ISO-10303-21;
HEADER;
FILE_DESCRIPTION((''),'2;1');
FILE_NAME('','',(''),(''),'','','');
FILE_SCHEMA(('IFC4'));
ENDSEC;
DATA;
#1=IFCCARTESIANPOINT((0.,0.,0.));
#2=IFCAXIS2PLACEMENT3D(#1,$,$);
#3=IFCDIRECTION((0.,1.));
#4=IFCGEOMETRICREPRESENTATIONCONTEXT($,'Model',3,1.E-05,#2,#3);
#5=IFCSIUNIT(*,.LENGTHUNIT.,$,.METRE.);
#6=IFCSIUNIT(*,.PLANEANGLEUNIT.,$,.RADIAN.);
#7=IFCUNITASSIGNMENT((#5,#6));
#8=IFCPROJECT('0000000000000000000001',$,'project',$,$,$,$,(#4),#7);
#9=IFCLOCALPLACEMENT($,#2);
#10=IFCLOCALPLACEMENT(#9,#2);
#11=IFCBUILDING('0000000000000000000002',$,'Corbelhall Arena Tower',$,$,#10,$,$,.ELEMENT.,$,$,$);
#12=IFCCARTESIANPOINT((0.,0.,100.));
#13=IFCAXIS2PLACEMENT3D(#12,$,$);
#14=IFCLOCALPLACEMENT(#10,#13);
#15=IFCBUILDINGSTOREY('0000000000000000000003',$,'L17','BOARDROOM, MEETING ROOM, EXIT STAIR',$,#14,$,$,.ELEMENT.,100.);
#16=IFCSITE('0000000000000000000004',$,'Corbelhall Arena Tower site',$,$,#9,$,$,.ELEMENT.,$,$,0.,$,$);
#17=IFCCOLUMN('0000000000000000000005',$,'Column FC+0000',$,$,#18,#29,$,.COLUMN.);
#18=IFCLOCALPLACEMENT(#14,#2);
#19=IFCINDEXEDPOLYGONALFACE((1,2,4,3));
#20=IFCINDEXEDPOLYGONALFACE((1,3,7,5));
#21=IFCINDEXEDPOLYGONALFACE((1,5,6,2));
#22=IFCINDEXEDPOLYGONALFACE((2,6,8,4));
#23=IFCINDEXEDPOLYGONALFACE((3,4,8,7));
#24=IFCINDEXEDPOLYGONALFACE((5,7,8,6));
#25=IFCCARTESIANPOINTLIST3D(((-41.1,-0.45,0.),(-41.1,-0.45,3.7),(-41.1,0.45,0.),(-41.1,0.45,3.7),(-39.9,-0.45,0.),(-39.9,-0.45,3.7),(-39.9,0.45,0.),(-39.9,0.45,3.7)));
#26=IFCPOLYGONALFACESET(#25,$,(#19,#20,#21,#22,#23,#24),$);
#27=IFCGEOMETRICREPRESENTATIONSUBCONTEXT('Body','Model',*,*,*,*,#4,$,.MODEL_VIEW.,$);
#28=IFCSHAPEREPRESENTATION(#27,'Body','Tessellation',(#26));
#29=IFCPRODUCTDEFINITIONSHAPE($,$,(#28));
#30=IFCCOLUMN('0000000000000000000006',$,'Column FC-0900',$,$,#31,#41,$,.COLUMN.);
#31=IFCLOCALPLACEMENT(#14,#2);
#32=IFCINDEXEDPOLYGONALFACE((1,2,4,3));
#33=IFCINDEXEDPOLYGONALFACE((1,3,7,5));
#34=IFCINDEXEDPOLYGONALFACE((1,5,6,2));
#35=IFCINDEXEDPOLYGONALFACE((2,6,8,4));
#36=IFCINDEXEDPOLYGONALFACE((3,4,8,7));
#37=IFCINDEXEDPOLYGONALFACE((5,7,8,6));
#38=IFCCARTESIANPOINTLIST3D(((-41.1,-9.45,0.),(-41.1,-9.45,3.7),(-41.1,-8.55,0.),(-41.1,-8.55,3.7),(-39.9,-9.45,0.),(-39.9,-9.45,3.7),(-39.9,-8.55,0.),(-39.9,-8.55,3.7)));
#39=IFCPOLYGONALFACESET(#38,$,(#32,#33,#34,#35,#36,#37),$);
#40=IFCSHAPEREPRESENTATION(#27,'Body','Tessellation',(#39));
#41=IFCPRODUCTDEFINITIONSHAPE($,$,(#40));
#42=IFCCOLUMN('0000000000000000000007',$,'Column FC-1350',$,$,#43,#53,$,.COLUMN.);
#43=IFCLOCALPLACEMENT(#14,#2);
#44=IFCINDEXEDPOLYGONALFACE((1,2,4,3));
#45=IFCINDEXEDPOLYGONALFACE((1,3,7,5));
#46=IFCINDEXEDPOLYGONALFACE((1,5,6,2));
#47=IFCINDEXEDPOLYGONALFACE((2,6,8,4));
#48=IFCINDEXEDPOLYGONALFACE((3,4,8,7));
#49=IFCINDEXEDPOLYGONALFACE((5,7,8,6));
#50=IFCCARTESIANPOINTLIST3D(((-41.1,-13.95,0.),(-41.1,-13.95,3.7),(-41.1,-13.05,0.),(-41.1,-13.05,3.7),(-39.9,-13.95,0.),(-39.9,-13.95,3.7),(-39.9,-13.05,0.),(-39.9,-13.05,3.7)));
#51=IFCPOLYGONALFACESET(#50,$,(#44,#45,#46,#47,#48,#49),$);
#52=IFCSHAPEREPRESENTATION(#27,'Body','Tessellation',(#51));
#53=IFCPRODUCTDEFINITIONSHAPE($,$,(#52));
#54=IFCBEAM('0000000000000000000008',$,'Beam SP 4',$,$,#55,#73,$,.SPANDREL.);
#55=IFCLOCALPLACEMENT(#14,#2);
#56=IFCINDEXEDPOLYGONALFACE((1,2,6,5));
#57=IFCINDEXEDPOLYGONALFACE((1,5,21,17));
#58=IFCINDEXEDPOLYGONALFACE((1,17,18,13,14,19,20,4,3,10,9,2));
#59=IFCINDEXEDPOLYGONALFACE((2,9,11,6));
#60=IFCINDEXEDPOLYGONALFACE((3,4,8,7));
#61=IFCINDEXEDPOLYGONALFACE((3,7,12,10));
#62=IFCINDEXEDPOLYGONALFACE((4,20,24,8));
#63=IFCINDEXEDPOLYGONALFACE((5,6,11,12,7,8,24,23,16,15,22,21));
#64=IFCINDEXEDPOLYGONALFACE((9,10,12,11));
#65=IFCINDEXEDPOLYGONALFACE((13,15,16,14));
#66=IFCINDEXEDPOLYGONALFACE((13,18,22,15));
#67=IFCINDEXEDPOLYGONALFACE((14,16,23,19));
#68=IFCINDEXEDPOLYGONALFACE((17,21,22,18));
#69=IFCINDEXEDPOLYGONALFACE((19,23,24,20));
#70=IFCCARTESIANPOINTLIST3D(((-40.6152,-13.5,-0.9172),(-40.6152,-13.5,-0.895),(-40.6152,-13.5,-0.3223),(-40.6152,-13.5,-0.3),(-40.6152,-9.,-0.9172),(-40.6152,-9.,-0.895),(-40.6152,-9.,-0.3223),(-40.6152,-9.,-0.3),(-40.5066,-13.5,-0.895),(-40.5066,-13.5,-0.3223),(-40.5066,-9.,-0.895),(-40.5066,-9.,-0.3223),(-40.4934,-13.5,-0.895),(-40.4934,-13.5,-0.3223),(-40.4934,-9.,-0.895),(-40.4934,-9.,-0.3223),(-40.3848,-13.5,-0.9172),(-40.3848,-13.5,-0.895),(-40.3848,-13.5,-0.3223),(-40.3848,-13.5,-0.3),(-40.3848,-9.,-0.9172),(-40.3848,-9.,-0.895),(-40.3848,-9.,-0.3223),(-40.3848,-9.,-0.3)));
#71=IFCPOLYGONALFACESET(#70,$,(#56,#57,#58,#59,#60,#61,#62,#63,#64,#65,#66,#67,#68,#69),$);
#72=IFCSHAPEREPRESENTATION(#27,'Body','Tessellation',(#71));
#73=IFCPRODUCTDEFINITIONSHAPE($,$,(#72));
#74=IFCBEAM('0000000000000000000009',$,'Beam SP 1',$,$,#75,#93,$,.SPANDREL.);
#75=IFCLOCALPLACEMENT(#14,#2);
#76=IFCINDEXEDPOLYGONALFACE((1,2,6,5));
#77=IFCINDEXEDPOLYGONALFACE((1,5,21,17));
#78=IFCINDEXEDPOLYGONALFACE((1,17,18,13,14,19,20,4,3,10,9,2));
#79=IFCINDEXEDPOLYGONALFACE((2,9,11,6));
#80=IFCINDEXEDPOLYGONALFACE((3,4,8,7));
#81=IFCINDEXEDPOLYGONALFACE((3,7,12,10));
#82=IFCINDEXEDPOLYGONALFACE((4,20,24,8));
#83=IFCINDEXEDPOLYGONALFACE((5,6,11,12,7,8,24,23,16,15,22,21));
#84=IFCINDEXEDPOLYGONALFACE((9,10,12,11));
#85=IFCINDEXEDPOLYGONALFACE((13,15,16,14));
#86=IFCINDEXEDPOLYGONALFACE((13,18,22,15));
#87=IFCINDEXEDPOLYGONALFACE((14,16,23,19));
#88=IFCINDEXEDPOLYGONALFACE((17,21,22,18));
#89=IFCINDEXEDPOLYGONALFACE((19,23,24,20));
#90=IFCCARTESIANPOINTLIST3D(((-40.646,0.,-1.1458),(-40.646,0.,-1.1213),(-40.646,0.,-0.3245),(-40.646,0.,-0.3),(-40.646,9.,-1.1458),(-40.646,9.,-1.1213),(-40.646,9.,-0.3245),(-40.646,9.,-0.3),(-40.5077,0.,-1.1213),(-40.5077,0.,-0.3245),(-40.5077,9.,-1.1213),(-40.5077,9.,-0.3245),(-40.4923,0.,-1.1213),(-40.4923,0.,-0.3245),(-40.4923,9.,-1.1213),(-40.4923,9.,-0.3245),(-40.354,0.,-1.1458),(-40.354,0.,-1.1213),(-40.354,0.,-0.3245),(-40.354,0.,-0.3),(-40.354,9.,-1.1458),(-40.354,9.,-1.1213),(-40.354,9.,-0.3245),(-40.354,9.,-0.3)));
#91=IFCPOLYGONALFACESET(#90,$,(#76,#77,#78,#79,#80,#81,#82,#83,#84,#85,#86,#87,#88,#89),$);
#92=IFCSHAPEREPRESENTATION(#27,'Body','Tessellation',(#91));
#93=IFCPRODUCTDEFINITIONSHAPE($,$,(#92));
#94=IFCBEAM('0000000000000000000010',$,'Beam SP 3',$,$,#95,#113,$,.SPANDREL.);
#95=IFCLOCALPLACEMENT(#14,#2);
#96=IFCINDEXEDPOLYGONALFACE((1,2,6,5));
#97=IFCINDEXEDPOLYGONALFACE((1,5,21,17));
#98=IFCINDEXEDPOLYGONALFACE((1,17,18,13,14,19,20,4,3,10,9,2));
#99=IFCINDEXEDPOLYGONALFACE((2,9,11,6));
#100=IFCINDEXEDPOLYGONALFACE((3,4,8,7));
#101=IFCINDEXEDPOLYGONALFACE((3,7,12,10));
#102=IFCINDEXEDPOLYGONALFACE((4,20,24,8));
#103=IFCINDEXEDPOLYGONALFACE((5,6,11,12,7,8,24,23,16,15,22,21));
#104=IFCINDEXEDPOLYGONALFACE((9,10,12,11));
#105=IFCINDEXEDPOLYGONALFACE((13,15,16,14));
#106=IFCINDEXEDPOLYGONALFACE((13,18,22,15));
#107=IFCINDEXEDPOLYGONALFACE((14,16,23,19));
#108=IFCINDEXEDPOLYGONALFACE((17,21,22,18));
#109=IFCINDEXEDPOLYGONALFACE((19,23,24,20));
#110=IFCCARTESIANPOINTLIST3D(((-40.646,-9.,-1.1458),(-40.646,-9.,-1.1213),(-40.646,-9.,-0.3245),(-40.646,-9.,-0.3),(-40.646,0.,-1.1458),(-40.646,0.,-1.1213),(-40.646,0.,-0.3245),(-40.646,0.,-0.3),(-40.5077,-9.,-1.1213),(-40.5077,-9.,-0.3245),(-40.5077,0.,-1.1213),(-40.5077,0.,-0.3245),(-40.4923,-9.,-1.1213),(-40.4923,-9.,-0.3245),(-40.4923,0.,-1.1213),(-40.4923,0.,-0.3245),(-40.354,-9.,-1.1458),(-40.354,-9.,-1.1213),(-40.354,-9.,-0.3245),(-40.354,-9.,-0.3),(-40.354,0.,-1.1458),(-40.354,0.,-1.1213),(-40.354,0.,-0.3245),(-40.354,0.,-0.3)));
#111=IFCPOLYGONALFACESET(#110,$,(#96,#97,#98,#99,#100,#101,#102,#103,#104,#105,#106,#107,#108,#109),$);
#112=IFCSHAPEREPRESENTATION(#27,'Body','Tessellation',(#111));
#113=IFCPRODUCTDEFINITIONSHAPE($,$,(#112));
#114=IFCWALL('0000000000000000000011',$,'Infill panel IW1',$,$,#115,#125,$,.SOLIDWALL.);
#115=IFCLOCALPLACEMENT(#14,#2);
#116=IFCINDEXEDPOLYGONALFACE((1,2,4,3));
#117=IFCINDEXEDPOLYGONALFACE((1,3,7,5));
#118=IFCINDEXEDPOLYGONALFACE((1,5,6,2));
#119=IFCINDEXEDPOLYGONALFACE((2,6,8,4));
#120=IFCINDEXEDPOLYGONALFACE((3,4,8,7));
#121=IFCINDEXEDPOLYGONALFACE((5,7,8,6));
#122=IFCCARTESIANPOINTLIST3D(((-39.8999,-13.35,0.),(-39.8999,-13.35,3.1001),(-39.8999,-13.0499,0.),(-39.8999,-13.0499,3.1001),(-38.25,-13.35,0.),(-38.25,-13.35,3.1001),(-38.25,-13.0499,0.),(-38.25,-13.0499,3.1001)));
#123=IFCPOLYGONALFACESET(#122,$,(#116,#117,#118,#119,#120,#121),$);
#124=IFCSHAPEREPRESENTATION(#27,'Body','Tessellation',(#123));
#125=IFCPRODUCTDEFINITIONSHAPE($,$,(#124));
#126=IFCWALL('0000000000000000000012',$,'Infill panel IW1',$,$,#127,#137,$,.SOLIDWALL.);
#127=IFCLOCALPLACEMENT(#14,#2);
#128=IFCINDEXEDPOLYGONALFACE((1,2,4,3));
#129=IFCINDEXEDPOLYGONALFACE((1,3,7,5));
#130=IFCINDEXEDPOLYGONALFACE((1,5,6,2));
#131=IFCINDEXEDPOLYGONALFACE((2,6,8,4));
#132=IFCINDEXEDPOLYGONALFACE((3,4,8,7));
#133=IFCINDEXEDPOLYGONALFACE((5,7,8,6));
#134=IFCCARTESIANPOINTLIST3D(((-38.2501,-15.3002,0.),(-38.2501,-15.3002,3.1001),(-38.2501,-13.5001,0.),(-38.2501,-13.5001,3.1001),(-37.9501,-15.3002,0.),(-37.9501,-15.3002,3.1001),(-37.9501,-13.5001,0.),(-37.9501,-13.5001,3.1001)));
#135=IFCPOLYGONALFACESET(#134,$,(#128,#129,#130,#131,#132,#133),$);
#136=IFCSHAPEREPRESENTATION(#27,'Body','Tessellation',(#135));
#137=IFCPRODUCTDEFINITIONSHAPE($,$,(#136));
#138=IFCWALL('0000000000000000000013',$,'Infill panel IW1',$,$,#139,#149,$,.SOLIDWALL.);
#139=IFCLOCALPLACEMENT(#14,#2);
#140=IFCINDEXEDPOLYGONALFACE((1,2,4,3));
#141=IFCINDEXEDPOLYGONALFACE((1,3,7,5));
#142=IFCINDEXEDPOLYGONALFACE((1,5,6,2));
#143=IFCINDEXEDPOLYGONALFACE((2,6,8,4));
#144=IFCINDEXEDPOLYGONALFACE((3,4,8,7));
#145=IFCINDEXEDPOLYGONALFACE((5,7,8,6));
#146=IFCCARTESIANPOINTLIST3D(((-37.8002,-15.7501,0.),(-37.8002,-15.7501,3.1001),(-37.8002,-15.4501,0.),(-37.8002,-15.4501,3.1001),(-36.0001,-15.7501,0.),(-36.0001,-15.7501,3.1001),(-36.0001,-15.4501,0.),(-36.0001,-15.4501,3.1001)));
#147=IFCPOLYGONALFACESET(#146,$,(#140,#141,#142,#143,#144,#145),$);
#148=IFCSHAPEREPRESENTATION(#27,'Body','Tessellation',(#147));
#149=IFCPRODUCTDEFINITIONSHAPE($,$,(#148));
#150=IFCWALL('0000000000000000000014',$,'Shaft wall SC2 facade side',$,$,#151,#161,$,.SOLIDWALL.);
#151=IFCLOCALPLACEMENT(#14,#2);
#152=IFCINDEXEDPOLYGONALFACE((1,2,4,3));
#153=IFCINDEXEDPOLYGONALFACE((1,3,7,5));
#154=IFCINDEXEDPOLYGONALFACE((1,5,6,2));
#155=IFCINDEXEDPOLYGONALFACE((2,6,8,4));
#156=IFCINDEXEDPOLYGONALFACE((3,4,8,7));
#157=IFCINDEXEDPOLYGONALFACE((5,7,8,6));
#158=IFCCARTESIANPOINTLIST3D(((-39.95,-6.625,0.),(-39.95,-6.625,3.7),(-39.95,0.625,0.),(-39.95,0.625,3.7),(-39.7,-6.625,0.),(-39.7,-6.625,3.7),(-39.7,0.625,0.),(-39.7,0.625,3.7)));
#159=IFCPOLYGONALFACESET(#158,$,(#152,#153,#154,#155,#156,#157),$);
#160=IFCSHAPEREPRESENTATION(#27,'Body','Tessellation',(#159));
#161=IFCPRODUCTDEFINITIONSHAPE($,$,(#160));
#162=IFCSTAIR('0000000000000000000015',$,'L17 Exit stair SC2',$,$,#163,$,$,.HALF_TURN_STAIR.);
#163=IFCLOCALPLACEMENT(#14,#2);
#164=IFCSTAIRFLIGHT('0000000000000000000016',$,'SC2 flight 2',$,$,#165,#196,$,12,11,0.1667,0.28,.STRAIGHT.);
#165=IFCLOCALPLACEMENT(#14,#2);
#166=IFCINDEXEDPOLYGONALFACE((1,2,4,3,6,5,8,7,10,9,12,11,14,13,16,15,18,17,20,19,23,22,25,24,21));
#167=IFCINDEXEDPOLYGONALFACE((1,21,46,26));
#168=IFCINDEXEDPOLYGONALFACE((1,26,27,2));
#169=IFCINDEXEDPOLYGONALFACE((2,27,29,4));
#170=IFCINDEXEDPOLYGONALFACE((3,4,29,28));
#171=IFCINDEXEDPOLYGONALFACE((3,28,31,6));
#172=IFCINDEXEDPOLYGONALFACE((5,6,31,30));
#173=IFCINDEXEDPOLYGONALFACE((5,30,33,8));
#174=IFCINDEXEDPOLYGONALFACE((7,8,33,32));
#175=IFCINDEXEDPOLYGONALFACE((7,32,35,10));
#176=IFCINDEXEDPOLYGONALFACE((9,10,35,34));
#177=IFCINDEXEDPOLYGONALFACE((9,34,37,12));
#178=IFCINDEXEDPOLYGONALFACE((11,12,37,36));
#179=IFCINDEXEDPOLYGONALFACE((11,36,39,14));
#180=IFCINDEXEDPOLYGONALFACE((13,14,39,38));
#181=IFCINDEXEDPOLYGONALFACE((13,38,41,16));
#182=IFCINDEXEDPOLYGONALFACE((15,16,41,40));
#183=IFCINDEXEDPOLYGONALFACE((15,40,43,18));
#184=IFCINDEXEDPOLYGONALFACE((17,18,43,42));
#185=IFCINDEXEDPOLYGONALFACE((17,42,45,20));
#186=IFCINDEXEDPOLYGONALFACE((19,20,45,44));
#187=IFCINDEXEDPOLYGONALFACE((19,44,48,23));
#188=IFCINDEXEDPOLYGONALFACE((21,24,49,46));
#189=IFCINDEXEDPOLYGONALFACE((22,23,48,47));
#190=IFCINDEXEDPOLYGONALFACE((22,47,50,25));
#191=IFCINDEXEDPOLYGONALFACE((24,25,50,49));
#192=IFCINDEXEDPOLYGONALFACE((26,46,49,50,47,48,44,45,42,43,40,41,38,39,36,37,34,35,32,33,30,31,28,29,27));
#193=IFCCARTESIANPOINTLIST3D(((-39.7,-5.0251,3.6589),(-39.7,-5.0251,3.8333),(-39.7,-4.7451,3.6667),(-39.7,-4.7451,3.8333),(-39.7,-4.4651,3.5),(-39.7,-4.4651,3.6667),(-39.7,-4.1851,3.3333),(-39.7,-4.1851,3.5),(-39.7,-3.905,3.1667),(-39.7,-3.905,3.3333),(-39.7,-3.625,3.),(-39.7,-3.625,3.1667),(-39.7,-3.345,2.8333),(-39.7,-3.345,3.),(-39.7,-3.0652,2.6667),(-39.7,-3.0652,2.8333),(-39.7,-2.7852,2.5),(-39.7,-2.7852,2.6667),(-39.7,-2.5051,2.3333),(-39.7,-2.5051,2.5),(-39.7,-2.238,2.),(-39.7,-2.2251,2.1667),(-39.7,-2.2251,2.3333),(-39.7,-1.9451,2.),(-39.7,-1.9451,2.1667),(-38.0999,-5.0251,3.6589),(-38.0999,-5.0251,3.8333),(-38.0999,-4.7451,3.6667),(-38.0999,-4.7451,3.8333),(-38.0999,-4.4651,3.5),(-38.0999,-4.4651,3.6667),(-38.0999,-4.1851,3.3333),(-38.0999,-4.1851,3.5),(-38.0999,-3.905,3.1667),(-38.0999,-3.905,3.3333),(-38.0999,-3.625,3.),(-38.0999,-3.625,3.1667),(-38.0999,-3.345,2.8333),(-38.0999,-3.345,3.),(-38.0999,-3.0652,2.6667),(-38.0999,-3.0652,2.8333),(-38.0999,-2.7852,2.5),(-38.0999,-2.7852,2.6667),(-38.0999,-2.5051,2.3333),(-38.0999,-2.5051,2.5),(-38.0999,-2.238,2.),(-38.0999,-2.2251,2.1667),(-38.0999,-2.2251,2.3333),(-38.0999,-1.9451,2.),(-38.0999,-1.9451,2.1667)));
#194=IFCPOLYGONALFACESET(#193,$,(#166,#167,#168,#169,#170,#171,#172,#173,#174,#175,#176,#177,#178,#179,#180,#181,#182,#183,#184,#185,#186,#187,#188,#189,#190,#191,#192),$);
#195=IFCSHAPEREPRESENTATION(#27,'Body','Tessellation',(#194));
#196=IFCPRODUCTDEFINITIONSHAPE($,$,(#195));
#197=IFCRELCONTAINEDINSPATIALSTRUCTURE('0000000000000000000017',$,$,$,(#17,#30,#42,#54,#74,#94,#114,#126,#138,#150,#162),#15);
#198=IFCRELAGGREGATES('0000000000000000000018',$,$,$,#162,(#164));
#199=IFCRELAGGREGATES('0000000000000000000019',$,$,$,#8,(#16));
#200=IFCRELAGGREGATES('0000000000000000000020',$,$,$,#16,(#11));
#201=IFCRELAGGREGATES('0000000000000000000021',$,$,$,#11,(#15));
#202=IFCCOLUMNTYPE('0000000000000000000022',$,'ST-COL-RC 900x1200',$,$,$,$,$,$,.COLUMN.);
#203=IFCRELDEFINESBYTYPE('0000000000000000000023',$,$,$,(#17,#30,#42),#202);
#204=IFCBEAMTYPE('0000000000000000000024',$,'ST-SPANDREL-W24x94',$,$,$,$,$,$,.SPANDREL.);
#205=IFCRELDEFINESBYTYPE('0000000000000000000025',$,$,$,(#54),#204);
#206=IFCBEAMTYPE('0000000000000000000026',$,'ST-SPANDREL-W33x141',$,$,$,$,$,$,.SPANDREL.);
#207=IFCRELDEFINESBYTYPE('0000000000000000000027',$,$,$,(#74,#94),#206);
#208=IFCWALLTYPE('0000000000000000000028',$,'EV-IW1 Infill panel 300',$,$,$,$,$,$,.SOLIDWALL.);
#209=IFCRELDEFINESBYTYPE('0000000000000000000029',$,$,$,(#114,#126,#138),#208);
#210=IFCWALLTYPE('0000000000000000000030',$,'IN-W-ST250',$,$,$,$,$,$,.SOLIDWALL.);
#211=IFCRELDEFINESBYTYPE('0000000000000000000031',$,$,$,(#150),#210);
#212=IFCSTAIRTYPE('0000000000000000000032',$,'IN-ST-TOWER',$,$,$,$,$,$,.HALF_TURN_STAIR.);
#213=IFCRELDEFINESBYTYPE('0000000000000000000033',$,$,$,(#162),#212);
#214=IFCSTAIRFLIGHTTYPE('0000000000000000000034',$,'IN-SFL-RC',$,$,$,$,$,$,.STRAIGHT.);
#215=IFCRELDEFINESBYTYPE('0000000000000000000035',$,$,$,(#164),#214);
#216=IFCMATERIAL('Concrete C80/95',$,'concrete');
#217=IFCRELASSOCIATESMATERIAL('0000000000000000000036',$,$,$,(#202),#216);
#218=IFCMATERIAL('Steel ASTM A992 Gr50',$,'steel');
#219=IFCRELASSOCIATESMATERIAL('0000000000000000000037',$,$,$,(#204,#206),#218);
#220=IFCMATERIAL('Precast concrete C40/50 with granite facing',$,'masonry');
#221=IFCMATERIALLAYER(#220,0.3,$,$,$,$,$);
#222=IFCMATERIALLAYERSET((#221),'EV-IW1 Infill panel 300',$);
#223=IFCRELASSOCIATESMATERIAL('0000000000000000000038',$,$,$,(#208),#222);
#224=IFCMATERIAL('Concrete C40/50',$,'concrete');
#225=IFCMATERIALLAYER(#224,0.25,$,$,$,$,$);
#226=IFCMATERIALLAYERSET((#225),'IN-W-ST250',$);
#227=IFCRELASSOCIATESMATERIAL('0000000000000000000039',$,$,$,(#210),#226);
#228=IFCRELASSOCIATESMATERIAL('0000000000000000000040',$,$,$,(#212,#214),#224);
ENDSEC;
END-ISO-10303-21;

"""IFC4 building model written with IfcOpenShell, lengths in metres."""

from ifc_helpers import new_model, si_unit, direction, frame, frame_2d, origin, origin_2d, place, context, subcontext, project, spatial, polyline, rectangle, i_section, outline, extrude, material, layer, layer_set, material_profile, profile_set, type_object, element, aggregate, save


model = new_model("IFC4")

# Units and contexts
model_context = context("Model", 3, precision=1e-05, world=origin(), true_north=direction((0.0, 1.0)))
body_context = subcontext(model_context, "Body", "Model", "MODEL_VIEW")
ifc_project = project(units=[si_unit("LENGTHUNIT", "METRE"), si_unit("PLANEANGLEUNIT", "RADIAN")], contexts=[model_context])

# Site, building, storey
site_placement = place(None, origin())
site = spatial("IfcSite", under=ifc_project, at=site_placement, Name="Corbelhall Arena Tower site", CompositionType="ELEMENT", RefElevation=0.0)
building_placement = place(site_placement, origin())
building = spatial("IfcBuilding", under=site, at=building_placement, Name="Corbelhall Arena Tower", CompositionType="ELEMENT")
storey_placement = place(building_placement, frame((0.0, 0.0, 100.0)))
storey = spatial("IfcBuildingStorey", under=building, at=storey_placement, Name="L17", Description="BOARDROOM, MEETING ROOM, EXIT STAIR", CompositionType="ELEMENT", Elevation=100.0)

# Columns
ifc_material_1 = material(Name="Concrete C80/95", Category="concrete")
ifc_material_profile_1 = material_profile(ifc_material_1, rectangle(XDim=0.8999, YDim=1.2, at=origin_2d()))
ifc_profile_set_1 = profile_set([ifc_material_profile_1], Name="Concrete C80/95")
column_type = type_object("IfcColumnType", Name="ST-COL-RC 900x1200", PredefinedType="COLUMN", material=ifc_profile_set_1)
for number, where, z_axis, x_axis, name in (
    (1, (-40.5, 0.0, 0.0), (0.0, 0.0, 1.0), (0.0, 1.0, 0.0), "Column FC+0000"),
    (2, (-40.5, -9.0, 0.0), (0.0, 0.0, 1.0), (0.0, 1.0, 0.0), "Column FC-0900"),
    (3, (-40.5, -13.5, 0.0), (0.0, 0.0, 1.0), (0.0, 1.0, 0.0), "Column FC-1350"),
):
    element("IfcColumn", number, at=place(storey_placement, frame(where, z_axis=z_axis, x_axis=x_axis)), inside=storey, type_object=column_type, Name=name, PredefinedType="COLUMN", context=body_context, shape_type="SweptSolid", body=[
        extrude(rectangle(XDim=0.8999, YDim=1.2, at=origin_2d()), origin(), (0.0, 0.0, 1.0), 3.7),
    ])

# Beams
ifc_material_2 = material(Name="Steel ASTM A992 Gr50", Category="steel")
ifc_material_profile_2 = material_profile(ifc_material_2, i_section(OverallWidth=0.2305, OverallDepth=0.6172, WebThickness=0.0132, FlangeThickness=0.0222, at=origin_2d()))
ifc_profile_set_2 = profile_set([ifc_material_profile_2], Name="Steel ASTM A992 Gr50")
beam_type_1 = type_object("IfcBeamType", Name="ST-SPANDREL-W24x94", PredefinedType="SPANDREL", material=ifc_profile_set_2)
beam_placement = place(storey_placement, frame((-40.5, -13.5, -0.6086), z_axis=(0.0, 1.0, 0.0), x_axis=(-1.0, 0.0, 0.0)))
element("IfcBeam", 4, at=beam_placement, inside=storey, type_object=beam_type_1, Name="Beam SP 4", PredefinedType="SPANDREL", context=body_context, shape_type="SweptSolid", body=[
    extrude(i_section(OverallWidth=0.2305, OverallDepth=0.6172, WebThickness=0.0132, FlangeThickness=0.0222, at=origin_2d()), origin(), (0.0, 0.0, 1.0), 4.5),
])
ifc_material_profile_3 = material_profile(ifc_material_2, i_section(OverallWidth=0.292, OverallDepth=0.8457, WebThickness=0.0154, FlangeThickness=0.0244, at=origin_2d()))
ifc_profile_set_3 = profile_set([ifc_material_profile_3], Name="Steel ASTM A992 Gr50")
beam_type_2 = type_object("IfcBeamType", Name="ST-SPANDREL-W33x141", PredefinedType="SPANDREL", material=ifc_profile_set_3)
for number, where, z_axis, x_axis, name in (
    (5, (-40.5, 0.0, -0.7229), (0.0, 1.0, 0.0), (-1.0, 0.0, 0.0), "Beam SP 1"),
    (6, (-40.5, -9.0, -0.7229), (0.0, 1.0, 0.0), (-1.0, 0.0, 0.0), "Beam SP 3"),
):
    element("IfcBeam", number, at=place(storey_placement, frame(where, z_axis=z_axis, x_axis=x_axis)), inside=storey, type_object=beam_type_2, Name=name, PredefinedType="SPANDREL", context=body_context, shape_type="SweptSolid", body=[
        extrude(i_section(OverallWidth=0.292, OverallDepth=0.8457, WebThickness=0.0154, FlangeThickness=0.0244, at=origin_2d()), origin(), (0.0, 0.0, 1.0), 9.0),
    ])

# Walls
ifc_material_3 = material(Name="Precast concrete C40/50 with granite facing", Category="masonry")
ifc_layer_1 = layer(ifc_material_3, 0.3)
ifc_layer_set_1 = layer_set([ifc_layer_1], Name="EV-IW1 Infill panel 300")
wall_type_1 = type_object("IfcWallType", Name="EV-IW1 Infill panel 300", PredefinedType="SOLIDWALL", material=ifc_layer_set_1)
wall_1_placement = place(storey_placement, frame((-39.8999, -13.2, 0.0), z_axis=(0.0, 0.0, 1.0), x_axis=(1.0, 0.0, 0.0)))
element("IfcWall", 7, at=wall_1_placement, inside=storey, type_object=wall_type_1, Name="Infill panel IW1", PredefinedType="SOLIDWALL", context=body_context, shape_type="SweptSolid", body=[
    extrude(rectangle(XDim=1.6499, YDim=0.3, at=frame_2d((0.825, 0.0))), origin(), (0.0, 0.0, 1.0), 3.1001),
])
for number, where, z_axis, x_axis, name in (
    (8, (-38.1001, -15.3, 0.0), (0.0, 0.0, 1.0), (0.0, 1.0, 0.0), "Infill panel IW1"),
    (9, (-37.8, -15.6001, 0.0), (0.0, 0.0, 1.0), (1.0, 0.0, 0.0), "Infill panel IW1"),
):
    element("IfcWall", number, at=place(storey_placement, frame(where, z_axis=z_axis, x_axis=x_axis)), inside=storey, type_object=wall_type_1, Name=name, PredefinedType="SOLIDWALL", context=body_context, shape_type="SweptSolid", body=[
        extrude(rectangle(XDim=1.8, YDim=0.3, at=frame_2d((0.8999, 0.0))), origin(), (0.0, 0.0, 1.0), 3.1001),
    ])

# Wall
ifc_material_4 = material(Name="Concrete C40/50", Category="concrete")
ifc_layer_2 = layer(ifc_material_4, 0.25)
ifc_layer_set_2 = layer_set([ifc_layer_2], Name="IN-W-ST250")
wall_type_2 = type_object("IfcWallType", Name="IN-W-ST250", PredefinedType="SOLIDWALL", material=ifc_layer_set_2)
wall_2_placement = place(storey_placement, frame((-39.825, -6.625, 0.0), z_axis=(0.0, 0.0, 1.0), x_axis=(0.0, 1.0, 0.0)))
element("IfcWall", 10, at=wall_2_placement, inside=storey, type_object=wall_type_2, Name="Shaft wall SC2 facade side", PredefinedType="SOLIDWALL", context=body_context, shape_type="SweptSolid", body=[
    extrude(rectangle(XDim=7.25, YDim=0.25, at=frame_2d((3.625, 0.0))), origin(), (0.0, 0.0, 1.0), 3.7),
])

# Stair, stair flight
stair_type = type_object("IfcStairType", Name="IN-ST-TOWER", PredefinedType="HALF_TURN_STAIR", material=ifc_material_4)
stair_placement = place(storey_placement, origin())
stair = element("IfcStair", 11, at=stair_placement, inside=storey, type_object=stair_type, Name="L17 Exit stair SC2", PredefinedType="HALF_TURN_STAIR")
stair_flight_type = type_object("IfcStairFlightType", Name="IN-SFL-RC", PredefinedType="STRAIGHT", material=ifc_material_4)
stair_flight_placement = place(storey_placement, frame((-38.8999, -1.9451, 2.0), z_axis=(0.0, 0.0, 1.0), x_axis=(0.0, -1.0, 0.0)))
stair_flight = element("IfcStairFlight", 12, at=stair_flight_placement, type_object=stair_flight_type, Name="SC2 flight 2", NumberOfRisers=12, NumberOfTreads=11, PredefinedType="STRAIGHT", RiserHeight=0.1667, TreadLength=0.28, context=body_context, shape_type="SweptSolid", body=[
    extrude(outline(polyline([(0.0, 0.0), (0.0, 0.1667), (0.28, 0.1667), (0.28, 0.3333), (0.5601, 0.3333), (0.5601, 0.5), (0.8401, 0.5), (0.8401, 0.6667), (1.1201, 0.6667), (1.1201, 0.8333), (1.3999, 0.8333), (1.3999, 1.0), (1.6799, 1.0), (1.6799, 1.1667), (1.96, 1.1667), (1.96, 1.3333), (2.24, 1.3333), (2.24, 1.5), (2.52, 1.5), (2.52, 1.6667), (2.8, 1.6667), (2.8, 1.8333), (3.0801, 1.8333), (3.0801, 2.0), (3.0801, 1.6589), (0.293, 0.0), (0.0, 0.0)])), frame((0.0, 0.8, 0.0), z_axis=(0.0, -1.0, 0.0), x_axis=(1.0, 0.0, 0.0)), (0.0, 0.0, 1.0), 1.6001),
])
aggregate(stair, [stair_flight])

save(model, "model.ifc")
